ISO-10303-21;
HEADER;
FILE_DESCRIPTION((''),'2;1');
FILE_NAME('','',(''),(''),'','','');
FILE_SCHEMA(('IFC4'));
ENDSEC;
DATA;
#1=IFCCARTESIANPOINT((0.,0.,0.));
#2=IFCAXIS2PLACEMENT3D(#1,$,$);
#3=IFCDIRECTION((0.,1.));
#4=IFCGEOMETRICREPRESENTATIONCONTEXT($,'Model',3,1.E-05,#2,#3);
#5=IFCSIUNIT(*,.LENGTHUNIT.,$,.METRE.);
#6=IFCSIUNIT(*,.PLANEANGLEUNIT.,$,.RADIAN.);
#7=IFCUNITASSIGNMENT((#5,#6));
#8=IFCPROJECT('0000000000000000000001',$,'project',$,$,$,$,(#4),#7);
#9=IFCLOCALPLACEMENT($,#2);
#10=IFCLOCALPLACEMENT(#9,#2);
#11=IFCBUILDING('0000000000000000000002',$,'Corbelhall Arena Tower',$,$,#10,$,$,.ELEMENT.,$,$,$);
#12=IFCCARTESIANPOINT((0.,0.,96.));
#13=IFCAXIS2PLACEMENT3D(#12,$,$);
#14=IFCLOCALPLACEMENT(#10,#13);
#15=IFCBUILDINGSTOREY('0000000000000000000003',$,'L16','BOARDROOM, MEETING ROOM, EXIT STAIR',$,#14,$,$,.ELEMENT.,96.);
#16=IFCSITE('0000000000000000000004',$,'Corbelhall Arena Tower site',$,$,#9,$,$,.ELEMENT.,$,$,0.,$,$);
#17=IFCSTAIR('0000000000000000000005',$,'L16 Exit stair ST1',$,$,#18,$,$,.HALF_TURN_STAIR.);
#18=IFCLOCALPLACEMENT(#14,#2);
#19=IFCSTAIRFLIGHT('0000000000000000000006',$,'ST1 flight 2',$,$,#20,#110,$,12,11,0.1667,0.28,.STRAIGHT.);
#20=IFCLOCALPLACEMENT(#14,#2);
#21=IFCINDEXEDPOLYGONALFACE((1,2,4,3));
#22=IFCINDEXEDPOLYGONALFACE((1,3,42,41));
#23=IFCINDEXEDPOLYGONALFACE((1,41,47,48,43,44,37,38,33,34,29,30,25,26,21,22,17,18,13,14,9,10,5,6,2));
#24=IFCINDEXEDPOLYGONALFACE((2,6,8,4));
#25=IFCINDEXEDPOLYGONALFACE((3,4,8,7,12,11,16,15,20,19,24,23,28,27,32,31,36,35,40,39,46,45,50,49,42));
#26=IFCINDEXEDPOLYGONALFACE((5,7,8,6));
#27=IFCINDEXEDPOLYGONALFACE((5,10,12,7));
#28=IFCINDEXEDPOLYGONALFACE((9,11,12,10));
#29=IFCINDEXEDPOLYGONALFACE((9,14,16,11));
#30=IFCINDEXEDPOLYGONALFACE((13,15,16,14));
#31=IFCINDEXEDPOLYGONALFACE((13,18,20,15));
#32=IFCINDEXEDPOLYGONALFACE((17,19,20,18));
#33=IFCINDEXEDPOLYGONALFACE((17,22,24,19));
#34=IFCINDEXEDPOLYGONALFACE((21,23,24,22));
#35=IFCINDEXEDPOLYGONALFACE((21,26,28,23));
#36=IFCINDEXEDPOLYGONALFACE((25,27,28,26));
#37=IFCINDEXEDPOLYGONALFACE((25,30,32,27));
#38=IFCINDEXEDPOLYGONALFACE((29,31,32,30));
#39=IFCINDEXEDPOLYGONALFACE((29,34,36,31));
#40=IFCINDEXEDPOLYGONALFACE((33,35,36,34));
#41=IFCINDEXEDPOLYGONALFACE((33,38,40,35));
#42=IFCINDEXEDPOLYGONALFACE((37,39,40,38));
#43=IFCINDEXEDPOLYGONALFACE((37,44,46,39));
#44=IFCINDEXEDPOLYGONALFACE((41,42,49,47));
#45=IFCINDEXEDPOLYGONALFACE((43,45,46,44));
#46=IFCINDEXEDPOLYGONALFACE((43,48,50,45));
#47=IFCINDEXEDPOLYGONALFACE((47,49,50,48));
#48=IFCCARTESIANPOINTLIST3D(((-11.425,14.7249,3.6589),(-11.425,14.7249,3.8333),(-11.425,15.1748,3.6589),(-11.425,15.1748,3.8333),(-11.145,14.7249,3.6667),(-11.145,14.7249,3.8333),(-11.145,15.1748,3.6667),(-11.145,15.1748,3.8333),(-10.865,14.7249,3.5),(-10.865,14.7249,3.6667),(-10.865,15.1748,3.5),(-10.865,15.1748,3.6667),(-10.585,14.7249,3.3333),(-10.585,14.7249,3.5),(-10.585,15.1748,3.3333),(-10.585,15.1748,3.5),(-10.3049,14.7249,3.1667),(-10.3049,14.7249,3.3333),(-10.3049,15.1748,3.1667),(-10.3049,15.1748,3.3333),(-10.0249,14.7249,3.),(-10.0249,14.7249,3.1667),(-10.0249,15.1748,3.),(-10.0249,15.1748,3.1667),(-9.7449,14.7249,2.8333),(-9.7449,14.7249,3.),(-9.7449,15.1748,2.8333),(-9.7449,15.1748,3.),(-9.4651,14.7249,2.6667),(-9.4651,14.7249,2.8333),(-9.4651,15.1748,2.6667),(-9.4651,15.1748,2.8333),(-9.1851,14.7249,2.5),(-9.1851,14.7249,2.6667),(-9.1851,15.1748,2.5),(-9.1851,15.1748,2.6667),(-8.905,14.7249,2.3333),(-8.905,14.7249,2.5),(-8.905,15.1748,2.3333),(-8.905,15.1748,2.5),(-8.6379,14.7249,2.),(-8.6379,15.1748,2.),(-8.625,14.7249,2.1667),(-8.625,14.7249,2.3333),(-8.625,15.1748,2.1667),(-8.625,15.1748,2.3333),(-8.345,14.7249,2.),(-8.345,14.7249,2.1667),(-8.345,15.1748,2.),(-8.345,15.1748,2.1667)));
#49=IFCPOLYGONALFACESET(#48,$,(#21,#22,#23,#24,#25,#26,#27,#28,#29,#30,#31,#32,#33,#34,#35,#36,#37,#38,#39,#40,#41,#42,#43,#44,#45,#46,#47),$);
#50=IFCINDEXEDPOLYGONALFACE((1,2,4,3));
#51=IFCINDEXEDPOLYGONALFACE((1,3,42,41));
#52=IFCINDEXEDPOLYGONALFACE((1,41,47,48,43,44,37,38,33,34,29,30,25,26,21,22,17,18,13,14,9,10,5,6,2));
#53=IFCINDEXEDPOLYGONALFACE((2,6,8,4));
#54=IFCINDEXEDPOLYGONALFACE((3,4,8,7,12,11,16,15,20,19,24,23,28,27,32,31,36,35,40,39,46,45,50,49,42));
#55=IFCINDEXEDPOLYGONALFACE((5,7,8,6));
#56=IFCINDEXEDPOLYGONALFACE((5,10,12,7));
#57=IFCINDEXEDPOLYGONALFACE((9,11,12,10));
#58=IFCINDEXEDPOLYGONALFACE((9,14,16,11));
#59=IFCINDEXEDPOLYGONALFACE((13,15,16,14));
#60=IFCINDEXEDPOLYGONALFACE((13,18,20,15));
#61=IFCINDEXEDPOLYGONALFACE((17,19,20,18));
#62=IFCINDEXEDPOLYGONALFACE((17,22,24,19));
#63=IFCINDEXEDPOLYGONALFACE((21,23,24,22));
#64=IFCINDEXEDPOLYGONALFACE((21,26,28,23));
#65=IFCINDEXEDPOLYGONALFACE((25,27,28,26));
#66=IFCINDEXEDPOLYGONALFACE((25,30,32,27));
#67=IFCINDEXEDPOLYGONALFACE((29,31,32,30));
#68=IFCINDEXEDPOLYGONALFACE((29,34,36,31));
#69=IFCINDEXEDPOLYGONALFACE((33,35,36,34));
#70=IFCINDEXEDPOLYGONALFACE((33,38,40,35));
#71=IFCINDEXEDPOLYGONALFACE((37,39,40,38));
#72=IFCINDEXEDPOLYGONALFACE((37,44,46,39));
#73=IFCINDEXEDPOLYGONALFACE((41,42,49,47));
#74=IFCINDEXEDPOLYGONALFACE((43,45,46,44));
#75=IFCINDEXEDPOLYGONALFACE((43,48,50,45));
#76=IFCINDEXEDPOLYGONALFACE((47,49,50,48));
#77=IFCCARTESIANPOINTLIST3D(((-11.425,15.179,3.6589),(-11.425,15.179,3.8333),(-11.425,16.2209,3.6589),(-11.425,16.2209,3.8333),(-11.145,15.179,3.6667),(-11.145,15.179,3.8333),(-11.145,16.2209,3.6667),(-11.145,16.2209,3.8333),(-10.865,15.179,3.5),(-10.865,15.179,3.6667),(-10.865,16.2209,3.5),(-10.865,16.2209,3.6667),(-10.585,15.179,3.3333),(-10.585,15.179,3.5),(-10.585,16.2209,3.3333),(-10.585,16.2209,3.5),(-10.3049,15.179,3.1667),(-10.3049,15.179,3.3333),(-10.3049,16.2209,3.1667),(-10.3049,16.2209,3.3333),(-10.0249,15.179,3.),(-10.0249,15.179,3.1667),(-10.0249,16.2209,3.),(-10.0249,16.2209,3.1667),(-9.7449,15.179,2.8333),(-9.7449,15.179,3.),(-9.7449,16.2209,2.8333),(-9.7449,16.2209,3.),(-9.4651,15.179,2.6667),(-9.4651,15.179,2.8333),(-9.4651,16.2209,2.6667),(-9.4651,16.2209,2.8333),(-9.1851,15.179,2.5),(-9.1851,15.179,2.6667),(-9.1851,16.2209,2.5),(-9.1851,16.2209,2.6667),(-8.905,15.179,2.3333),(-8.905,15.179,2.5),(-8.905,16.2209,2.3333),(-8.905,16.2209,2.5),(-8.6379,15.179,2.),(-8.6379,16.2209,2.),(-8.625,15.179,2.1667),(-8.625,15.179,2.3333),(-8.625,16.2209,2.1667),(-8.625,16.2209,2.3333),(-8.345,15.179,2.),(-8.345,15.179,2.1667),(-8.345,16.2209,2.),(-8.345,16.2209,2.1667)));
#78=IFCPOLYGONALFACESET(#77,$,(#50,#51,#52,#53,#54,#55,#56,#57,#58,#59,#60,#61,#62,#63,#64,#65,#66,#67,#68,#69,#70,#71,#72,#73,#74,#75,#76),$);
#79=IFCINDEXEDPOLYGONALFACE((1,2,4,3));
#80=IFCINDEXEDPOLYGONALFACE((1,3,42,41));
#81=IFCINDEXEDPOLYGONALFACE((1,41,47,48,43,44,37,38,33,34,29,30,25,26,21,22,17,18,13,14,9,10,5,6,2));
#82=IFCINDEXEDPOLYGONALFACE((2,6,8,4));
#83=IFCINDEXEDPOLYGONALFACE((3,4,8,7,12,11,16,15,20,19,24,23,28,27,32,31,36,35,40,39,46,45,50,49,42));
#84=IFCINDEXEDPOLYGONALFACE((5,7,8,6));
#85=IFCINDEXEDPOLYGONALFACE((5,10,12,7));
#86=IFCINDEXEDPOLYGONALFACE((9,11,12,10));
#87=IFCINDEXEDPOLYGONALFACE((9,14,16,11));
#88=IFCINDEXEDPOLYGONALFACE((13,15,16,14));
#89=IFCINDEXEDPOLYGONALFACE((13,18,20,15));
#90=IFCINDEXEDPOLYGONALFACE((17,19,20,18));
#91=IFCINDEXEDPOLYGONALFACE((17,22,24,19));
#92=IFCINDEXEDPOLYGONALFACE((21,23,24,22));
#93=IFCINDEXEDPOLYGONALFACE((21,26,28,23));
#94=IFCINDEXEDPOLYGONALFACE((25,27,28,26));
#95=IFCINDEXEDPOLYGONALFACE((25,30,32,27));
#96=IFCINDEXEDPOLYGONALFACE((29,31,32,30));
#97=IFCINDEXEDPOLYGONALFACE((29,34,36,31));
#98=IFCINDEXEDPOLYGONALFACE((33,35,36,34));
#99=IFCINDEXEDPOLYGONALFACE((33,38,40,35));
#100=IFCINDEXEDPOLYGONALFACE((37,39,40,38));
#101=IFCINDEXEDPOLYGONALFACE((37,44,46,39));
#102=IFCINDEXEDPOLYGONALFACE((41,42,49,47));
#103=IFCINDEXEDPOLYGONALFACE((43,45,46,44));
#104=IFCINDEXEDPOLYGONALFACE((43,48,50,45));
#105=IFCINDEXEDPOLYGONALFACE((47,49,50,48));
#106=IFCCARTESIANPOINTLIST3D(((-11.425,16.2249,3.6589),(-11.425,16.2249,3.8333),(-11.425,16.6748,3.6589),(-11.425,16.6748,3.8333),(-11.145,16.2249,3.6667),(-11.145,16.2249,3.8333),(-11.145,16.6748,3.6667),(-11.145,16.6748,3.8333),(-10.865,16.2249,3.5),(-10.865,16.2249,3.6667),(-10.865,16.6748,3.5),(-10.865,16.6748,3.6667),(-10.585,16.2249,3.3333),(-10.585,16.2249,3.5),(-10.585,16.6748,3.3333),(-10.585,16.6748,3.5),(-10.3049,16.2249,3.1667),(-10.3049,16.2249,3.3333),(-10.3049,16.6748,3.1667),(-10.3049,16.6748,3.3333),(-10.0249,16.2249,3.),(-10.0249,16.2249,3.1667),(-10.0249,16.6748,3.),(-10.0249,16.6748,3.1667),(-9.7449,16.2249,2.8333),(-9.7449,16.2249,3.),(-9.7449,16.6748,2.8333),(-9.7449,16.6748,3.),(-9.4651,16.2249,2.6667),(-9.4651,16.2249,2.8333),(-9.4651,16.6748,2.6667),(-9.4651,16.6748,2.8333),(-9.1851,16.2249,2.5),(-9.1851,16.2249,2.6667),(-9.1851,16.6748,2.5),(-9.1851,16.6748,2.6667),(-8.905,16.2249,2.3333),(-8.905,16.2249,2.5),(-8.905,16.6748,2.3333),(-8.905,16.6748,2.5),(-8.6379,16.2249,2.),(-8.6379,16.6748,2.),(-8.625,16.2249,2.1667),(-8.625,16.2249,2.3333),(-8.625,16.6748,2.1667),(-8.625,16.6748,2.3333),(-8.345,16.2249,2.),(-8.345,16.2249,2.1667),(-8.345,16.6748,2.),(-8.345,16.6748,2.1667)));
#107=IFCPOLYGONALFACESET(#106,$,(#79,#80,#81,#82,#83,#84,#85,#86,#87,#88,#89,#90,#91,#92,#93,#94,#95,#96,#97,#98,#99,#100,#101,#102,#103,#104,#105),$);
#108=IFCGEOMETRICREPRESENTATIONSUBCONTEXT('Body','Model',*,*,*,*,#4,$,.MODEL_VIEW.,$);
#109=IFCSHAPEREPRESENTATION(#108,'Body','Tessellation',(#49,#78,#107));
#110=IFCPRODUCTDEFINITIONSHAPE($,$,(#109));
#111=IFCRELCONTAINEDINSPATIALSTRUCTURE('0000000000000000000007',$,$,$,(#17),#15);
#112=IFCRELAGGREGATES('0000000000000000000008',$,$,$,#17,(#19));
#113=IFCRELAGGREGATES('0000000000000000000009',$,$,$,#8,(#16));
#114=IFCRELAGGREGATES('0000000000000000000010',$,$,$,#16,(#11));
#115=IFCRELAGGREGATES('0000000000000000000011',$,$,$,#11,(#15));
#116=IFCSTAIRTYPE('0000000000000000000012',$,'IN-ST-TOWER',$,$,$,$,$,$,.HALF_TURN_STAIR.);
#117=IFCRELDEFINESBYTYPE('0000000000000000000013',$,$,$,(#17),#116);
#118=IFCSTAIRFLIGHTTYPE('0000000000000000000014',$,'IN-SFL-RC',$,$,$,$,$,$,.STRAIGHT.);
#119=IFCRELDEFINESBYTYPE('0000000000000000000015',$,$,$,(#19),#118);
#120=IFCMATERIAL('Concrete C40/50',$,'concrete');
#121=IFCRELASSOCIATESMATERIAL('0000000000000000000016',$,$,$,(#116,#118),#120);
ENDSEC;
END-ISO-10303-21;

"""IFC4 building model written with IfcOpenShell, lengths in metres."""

from ifc_helpers import new_model, si_unit, direction, frame, origin, place, context, subcontext, project, spatial, polyline, outline, extrude, material, type_object, element, aggregate, save


model = new_model("IFC4")

# Units and contexts
model_context = context("Model", 3, precision=1e-05, world=origin(), true_north=direction((0.0, 1.0)))
body_context = subcontext(model_context, "Body", "Model", "MODEL_VIEW")
ifc_project = project(units=[si_unit("LENGTHUNIT", "METRE"), si_unit("PLANEANGLEUNIT", "RADIAN")], contexts=[model_context])

# Site, building, storey
site_placement = place(None, origin())
site = spatial("IfcSite", under=ifc_project, at=site_placement, Name="Corbelhall Arena Tower site", CompositionType="ELEMENT", RefElevation=0.0)
building_placement = place(site_placement, origin())
building = spatial("IfcBuilding", under=site, at=building_placement, Name="Corbelhall Arena Tower", CompositionType="ELEMENT")
storey_placement = place(building_placement, frame((0.0, 0.0, 96.0)))
storey = spatial("IfcBuildingStorey", under=building, at=storey_placement, Name="L16", Description="BOARDROOM, MEETING ROOM, EXIT STAIR", CompositionType="ELEMENT", Elevation=96.0)

# Shared definitions
ifc_material_1 = material(Name="Concrete C40/50", Category="concrete")

# Stair, stair flight
stair_type = type_object("IfcStairType", Name="IN-ST-TOWER", PredefinedType="HALF_TURN_STAIR", material=ifc_material_1)
stair_placement = place(storey_placement, origin())
stair = element("IfcStair", 1, at=stair_placement, inside=storey, type_object=stair_type, Name="L16 Exit stair ST1", PredefinedType="HALF_TURN_STAIR")
stair_flight_type = type_object("IfcStairFlightType", Name="IN-SFL-RC", PredefinedType="STRAIGHT", material=ifc_material_1)
stair_flight_placement = place(storey_placement, frame((-8.345, 15.7, 2.0), z_axis=(0.0, 0.0, 1.0), x_axis=(-1.0, 0.0, 0.0)))
stair_flight = element("IfcStairFlight", 2, at=stair_flight_placement, type_object=stair_flight_type, Name="ST1 flight 2", NumberOfRisers=12, NumberOfTreads=11, PredefinedType="STRAIGHT", RiserHeight=0.1667, TreadLength=0.28, context=body_context, shape_type="SweptSolid", body=[
    extrude(outline(polyline([(0.0, 0.0), (0.0, 0.1667), (0.28, 0.1667), (0.28, 0.3333), (0.5601, 0.3333), (0.5601, 0.5), (0.8401, 0.5), (0.8401, 0.6667), (1.1201, 0.6667), (1.1201, 0.8333), (1.3999, 0.8333), (1.3999, 1.0), (1.6799, 1.0), (1.6799, 1.1667), (1.96, 1.1667), (1.96, 1.3333), (2.24, 1.3333), (2.24, 1.5), (2.52, 1.5), (2.52, 1.6667), (2.8, 1.6667), (2.8, 1.8333), (3.0801, 1.8333), (3.0801, 2.0), (3.0801, 1.6589), (0.293, 0.0), (0.0, 0.0)])), frame((0.0, 0.9751, 0.0), z_axis=(0.0, -1.0, 0.0), x_axis=(1.0, 0.0, 0.0)), (0.0, 0.0, 1.0), 0.45),
    extrude(outline(polyline([(0.0, 0.0), (0.0, 0.1667), (0.28, 0.1667), (0.28, 0.3333), (0.5601, 0.3333), (0.5601, 0.5), (0.8401, 0.5), (0.8401, 0.6667), (1.1201, 0.6667), (1.1201, 0.8333), (1.3999, 0.8333), (1.3999, 1.0), (1.6799, 1.0), (1.6799, 1.1667), (1.96, 1.1667), (1.96, 1.3333), (2.24, 1.3333), (2.24, 1.5), (2.52, 1.5), (2.52, 1.6667), (2.8, 1.6667), (2.8, 1.8333), (3.0801, 1.8333), (3.0801, 2.0), (3.0801, 1.6589), (0.293, 0.0), (0.0, 0.0)])), frame((0.0, 0.521, 0.0), z_axis=(0.0, -1.0, 0.0), x_axis=(1.0, 0.0, 0.0)), (0.0, 0.0, 1.0), 1.042),
    extrude(outline(polyline([(0.0, 0.0), (0.0, 0.1667), (0.28, 0.1667), (0.28, 0.3333), (0.5601, 0.3333), (0.5601, 0.5), (0.8401, 0.5), (0.8401, 0.6667), (1.1201, 0.6667), (1.1201, 0.8333), (1.3999, 0.8333), (1.3999, 1.0), (1.6799, 1.0), (1.6799, 1.1667), (1.96, 1.1667), (1.96, 1.3333), (2.24, 1.3333), (2.24, 1.5), (2.52, 1.5), (2.52, 1.6667), (2.8, 1.6667), (2.8, 1.8333), (3.0801, 1.8333), (3.0801, 2.0), (3.0801, 1.6589), (0.293, 0.0), (0.0, 0.0)])), frame((0.0, -0.5249, 0.0), z_axis=(0.0, -1.0, 0.0), x_axis=(1.0, 0.0, 0.0)), (0.0, 0.0, 1.0), 0.45),
])
aggregate(stair, [stair_flight])

save(model, "model.ifc")
